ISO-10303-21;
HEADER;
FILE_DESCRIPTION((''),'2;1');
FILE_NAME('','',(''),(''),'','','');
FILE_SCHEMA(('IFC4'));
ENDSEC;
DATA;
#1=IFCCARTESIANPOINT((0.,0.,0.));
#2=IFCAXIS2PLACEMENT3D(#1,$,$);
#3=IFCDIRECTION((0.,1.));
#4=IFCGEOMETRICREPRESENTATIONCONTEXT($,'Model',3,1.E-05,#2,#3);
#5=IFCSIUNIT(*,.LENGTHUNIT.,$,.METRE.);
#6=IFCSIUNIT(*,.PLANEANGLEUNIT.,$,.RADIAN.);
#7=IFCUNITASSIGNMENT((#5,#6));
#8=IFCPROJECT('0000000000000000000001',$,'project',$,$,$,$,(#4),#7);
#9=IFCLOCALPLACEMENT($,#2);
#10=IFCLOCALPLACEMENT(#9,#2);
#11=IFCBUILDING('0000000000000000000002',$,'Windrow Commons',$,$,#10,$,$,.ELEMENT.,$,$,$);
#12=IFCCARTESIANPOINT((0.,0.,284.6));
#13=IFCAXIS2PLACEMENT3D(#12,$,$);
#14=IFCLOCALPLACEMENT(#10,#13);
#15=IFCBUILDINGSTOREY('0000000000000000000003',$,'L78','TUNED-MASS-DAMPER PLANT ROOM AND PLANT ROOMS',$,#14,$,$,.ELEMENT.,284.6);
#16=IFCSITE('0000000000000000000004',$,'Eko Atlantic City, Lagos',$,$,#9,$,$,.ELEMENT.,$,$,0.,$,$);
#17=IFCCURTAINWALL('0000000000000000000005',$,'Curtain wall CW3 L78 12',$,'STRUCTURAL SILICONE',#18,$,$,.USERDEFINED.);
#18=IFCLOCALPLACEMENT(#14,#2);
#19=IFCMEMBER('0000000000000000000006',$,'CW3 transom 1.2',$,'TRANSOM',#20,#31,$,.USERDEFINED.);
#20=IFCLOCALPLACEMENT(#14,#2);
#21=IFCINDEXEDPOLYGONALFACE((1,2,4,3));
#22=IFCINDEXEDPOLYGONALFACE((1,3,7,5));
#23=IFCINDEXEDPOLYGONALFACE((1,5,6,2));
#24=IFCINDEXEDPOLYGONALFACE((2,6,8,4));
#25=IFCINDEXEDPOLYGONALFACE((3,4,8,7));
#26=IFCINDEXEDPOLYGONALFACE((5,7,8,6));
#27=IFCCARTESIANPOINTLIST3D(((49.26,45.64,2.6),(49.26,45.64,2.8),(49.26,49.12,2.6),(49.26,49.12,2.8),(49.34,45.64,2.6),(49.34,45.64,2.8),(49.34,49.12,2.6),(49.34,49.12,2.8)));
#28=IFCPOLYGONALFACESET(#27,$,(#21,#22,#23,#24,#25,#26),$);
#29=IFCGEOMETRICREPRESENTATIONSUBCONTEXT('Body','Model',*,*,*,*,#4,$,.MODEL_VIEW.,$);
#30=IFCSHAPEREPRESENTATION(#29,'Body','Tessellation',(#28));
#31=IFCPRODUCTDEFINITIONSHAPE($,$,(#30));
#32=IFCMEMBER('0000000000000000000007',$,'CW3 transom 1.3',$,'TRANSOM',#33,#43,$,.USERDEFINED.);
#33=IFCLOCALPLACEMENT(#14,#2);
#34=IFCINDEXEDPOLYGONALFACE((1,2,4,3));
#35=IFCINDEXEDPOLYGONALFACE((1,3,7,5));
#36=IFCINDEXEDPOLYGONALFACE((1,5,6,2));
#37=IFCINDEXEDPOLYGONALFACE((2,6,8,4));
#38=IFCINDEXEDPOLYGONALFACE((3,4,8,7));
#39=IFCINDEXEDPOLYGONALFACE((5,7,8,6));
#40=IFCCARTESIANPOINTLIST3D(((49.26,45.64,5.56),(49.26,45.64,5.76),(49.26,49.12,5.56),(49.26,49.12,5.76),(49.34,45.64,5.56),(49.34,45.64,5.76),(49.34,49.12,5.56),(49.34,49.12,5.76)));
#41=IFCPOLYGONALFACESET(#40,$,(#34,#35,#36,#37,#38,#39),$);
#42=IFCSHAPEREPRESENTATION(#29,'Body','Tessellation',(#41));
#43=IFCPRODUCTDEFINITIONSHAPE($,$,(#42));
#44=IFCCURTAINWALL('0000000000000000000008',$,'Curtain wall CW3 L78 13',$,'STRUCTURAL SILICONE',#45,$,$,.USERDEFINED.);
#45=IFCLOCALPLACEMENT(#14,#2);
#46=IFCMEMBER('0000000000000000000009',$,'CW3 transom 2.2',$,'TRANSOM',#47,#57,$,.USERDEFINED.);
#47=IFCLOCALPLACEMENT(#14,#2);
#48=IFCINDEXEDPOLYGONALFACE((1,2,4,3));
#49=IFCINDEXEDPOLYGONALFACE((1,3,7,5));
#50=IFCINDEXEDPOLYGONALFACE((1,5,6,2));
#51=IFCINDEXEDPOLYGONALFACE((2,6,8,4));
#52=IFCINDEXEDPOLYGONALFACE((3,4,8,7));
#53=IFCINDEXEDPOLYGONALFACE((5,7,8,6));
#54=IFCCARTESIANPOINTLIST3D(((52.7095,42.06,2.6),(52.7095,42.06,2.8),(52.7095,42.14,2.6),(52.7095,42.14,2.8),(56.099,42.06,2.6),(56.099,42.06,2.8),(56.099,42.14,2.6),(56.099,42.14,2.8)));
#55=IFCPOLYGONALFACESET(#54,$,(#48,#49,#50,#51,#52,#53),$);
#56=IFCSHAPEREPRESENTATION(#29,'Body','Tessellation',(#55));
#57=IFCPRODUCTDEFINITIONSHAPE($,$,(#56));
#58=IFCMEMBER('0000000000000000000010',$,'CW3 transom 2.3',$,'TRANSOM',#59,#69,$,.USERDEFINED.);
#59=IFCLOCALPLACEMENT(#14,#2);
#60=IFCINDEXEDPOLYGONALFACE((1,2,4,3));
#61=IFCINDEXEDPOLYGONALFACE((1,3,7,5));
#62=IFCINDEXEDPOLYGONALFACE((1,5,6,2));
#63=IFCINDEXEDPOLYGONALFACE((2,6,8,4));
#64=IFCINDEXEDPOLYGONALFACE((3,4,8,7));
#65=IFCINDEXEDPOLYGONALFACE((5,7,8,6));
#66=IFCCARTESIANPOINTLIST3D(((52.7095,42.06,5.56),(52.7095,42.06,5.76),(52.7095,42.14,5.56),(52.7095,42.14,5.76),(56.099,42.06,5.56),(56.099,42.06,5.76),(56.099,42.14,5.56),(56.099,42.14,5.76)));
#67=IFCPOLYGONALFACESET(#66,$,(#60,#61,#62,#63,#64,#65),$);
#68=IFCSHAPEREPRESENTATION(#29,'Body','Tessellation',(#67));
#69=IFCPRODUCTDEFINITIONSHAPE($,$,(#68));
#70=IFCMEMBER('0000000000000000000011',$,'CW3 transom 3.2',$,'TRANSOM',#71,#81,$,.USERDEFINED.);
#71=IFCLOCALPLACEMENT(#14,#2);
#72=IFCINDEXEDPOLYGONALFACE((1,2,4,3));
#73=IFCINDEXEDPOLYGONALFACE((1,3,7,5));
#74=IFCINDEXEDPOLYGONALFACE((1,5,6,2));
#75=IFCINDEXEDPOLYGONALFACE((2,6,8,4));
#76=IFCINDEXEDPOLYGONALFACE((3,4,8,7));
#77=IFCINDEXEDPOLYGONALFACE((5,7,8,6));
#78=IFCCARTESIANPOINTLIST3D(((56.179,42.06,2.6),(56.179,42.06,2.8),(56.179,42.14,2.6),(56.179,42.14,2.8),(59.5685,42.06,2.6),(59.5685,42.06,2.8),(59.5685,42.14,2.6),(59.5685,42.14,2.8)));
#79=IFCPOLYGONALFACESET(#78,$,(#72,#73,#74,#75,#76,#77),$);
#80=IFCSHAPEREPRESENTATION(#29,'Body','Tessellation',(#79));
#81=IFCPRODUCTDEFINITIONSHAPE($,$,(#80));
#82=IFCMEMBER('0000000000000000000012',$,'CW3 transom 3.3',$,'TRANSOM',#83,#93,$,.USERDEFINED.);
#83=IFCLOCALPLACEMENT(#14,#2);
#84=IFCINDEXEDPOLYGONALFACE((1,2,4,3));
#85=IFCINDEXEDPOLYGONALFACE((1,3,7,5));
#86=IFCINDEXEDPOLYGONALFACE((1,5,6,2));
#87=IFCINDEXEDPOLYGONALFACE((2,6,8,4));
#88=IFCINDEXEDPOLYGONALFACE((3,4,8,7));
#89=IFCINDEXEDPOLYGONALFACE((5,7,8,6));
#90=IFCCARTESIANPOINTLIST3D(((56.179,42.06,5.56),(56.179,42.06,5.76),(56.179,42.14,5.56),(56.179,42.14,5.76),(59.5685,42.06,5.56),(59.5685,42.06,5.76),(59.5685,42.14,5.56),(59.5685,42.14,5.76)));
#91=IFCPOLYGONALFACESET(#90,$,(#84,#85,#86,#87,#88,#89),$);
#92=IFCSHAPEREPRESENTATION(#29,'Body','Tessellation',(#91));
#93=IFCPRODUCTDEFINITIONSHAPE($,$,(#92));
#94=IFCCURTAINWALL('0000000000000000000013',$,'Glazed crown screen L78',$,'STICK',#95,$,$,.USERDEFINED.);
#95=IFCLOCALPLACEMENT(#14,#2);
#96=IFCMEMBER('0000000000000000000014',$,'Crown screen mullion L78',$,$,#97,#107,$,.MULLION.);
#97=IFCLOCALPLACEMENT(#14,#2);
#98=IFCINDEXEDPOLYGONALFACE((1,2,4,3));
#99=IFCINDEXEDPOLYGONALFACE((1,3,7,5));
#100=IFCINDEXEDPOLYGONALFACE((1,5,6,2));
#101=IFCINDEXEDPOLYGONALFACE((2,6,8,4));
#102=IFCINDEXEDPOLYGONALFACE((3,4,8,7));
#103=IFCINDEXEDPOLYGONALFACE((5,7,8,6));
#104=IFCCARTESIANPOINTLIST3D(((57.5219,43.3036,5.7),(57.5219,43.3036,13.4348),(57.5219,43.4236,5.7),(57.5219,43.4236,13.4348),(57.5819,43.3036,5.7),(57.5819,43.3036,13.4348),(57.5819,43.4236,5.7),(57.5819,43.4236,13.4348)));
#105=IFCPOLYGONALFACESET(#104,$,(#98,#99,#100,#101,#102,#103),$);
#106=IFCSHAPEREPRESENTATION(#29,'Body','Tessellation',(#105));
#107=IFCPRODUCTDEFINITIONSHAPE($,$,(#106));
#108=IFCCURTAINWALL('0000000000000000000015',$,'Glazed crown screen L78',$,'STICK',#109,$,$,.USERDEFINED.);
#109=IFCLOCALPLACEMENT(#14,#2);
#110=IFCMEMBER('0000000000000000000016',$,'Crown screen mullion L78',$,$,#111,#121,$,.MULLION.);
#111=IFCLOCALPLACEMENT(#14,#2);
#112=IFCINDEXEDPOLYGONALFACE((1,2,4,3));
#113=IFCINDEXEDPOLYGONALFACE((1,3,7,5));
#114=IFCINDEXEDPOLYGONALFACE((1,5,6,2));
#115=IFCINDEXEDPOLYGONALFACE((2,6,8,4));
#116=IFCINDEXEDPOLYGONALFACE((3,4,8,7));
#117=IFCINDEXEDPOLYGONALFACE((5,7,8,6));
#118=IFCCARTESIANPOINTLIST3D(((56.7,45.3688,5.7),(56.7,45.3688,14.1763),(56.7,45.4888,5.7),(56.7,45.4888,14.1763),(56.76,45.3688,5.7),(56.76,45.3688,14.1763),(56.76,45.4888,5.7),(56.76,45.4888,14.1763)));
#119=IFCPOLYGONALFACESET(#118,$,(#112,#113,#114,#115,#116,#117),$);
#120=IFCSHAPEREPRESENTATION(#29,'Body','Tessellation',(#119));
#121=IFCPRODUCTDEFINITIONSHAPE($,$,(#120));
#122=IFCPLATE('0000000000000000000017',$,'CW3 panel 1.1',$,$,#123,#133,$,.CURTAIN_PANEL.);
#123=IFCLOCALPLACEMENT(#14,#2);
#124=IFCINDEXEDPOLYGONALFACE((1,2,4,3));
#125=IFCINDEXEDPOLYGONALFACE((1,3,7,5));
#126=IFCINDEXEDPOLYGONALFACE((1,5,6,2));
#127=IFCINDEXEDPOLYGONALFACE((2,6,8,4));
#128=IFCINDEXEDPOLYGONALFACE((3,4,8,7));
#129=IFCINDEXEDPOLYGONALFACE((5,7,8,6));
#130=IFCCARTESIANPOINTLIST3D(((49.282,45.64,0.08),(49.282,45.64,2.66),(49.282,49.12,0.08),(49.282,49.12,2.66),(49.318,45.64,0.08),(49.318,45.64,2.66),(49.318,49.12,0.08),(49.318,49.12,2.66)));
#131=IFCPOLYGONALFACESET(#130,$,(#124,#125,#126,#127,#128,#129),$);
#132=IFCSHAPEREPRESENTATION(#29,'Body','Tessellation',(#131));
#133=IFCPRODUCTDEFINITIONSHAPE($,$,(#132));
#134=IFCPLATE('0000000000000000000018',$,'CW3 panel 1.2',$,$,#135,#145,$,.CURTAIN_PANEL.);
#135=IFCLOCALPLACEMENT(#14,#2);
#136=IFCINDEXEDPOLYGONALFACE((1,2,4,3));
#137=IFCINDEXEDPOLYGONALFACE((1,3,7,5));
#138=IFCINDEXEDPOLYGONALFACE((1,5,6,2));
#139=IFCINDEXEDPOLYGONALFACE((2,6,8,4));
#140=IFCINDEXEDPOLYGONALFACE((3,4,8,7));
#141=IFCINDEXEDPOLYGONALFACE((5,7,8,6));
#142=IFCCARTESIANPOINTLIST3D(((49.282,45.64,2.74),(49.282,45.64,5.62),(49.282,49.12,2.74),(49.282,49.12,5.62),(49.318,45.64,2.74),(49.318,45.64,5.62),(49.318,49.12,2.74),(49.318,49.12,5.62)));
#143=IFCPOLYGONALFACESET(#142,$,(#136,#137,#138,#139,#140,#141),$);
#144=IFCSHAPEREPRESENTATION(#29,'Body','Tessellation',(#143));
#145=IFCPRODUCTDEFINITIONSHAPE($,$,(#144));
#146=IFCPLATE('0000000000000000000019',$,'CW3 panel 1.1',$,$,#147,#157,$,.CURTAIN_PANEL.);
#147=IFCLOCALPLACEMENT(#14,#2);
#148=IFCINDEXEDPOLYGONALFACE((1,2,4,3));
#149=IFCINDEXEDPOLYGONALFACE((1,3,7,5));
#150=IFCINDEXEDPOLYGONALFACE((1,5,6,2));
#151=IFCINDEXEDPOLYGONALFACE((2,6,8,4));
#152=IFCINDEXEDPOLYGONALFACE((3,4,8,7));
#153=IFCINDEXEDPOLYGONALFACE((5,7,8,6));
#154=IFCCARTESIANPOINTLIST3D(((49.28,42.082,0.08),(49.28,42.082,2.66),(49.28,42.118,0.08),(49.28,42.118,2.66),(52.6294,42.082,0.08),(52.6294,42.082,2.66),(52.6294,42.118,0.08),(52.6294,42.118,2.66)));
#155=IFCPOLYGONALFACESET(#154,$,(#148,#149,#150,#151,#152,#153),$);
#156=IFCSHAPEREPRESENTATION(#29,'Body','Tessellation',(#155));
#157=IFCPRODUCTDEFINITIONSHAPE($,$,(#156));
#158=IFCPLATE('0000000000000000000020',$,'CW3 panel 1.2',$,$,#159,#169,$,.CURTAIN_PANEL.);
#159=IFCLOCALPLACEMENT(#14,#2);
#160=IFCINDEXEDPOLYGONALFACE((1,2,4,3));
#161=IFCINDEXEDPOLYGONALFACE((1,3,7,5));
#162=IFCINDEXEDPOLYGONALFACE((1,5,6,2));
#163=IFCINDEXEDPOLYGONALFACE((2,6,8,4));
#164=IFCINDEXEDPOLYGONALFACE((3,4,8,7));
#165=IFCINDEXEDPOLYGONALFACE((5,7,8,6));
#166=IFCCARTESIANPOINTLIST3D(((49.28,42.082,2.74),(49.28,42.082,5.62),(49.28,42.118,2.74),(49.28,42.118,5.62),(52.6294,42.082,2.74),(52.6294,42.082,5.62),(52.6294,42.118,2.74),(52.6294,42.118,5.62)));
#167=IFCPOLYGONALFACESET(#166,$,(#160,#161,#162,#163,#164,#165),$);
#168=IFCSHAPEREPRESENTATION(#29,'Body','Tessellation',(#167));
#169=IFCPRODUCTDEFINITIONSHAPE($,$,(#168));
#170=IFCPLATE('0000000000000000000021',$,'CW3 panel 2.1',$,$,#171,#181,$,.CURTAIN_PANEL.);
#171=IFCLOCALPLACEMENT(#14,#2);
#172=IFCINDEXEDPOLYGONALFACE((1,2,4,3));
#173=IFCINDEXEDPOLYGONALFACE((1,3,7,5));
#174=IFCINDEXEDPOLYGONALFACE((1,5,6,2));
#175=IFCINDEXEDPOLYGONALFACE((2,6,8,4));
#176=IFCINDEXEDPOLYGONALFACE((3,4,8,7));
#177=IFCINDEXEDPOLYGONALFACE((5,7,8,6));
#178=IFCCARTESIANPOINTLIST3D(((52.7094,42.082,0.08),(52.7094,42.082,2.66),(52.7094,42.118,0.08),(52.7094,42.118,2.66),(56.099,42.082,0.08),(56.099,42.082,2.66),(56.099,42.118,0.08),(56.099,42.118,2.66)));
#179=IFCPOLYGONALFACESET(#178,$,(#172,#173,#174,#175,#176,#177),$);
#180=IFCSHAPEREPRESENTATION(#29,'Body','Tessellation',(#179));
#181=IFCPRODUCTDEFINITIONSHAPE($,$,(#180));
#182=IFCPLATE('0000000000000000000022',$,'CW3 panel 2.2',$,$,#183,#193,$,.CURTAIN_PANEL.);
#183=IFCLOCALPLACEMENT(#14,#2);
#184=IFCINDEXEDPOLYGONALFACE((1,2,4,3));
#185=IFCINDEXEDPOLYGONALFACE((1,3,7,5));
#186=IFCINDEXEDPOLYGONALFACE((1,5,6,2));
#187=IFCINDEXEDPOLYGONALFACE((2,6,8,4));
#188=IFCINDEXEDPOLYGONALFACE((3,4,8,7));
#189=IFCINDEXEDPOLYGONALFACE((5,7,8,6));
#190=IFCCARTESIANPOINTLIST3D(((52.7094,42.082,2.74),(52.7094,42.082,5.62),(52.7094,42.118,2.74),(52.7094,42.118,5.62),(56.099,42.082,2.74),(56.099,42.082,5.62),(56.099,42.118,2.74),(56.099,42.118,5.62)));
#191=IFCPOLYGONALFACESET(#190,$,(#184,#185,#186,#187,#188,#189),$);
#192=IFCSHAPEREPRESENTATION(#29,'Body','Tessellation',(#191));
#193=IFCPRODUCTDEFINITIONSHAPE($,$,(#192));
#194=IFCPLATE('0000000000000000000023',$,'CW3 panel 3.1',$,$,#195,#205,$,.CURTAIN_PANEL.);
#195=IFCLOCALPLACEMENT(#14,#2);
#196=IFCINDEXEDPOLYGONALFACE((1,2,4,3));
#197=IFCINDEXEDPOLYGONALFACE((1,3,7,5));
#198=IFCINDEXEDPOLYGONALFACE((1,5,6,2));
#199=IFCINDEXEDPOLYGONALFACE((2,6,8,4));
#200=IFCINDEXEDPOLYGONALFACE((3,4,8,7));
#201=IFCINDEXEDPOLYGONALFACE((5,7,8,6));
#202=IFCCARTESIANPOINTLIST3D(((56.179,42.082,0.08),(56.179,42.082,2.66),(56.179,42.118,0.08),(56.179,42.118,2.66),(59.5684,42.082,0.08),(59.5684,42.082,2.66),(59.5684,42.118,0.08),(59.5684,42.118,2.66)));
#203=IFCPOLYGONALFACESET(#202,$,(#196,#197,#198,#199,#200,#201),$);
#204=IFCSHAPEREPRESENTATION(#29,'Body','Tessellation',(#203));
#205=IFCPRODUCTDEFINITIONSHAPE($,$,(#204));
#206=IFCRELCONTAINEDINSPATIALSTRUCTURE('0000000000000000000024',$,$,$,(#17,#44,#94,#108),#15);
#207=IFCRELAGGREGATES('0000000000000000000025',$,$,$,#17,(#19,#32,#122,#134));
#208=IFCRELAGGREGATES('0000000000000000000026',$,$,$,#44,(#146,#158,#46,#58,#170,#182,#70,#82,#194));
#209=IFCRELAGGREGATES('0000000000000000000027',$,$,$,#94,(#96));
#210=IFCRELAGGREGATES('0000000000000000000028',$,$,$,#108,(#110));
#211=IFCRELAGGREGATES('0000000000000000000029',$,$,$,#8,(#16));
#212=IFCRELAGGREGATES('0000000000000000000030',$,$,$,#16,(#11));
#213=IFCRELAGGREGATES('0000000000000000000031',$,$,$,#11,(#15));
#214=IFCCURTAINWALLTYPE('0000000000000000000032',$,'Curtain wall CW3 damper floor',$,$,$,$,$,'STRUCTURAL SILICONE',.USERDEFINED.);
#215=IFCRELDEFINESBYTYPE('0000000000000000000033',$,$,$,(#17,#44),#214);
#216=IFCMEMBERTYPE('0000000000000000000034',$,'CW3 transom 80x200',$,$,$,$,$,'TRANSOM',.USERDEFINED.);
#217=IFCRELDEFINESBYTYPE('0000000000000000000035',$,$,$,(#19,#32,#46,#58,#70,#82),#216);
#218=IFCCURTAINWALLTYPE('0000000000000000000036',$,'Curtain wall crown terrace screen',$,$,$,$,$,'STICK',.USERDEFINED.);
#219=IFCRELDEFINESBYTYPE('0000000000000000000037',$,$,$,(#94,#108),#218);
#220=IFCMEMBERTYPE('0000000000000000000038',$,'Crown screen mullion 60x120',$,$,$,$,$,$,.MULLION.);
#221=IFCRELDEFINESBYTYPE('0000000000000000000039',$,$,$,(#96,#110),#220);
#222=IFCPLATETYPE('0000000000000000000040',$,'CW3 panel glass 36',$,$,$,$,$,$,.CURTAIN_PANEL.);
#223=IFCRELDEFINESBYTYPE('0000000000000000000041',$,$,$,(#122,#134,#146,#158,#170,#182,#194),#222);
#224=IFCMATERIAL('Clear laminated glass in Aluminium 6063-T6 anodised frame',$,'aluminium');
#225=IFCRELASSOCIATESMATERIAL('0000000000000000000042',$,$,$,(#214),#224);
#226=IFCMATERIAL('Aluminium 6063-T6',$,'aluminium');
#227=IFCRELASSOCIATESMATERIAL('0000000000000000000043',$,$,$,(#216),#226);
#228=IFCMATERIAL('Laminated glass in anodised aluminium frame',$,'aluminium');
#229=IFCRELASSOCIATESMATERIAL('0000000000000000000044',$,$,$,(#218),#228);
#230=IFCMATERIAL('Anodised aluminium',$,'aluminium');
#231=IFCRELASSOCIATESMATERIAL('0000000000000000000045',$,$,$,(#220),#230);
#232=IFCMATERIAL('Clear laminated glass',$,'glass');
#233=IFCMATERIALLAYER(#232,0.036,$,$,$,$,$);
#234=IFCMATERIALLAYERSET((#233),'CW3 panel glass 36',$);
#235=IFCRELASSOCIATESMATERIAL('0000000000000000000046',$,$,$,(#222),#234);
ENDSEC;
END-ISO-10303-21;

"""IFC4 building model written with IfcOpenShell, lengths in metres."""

from ifc_helpers import new_model, si_unit, direction, frame, origin, origin_2d, place, context, subcontext, project, spatial, rectangle, extrude, material, layer, layer_set, material_profile, profile_set, type_object, element, aggregate, save


model = new_model("IFC4")

# Units and contexts
model_context = context("Model", 3, precision=1e-05, world=origin(), true_north=direction((0.0, 1.0)))
body_context = subcontext(model_context, "Body", "Model", "MODEL_VIEW")
ifc_project = project(units=[si_unit("LENGTHUNIT", "METRE"), si_unit("PLANEANGLEUNIT", "RADIAN")], contexts=[model_context])

# Site, building, storey
site_placement = place(None, origin())
site = spatial("IfcSite", under=ifc_project, at=site_placement, Name="Eko Atlantic City, Lagos", CompositionType="ELEMENT", RefElevation=0.0)
building_placement = place(site_placement, origin())
building = spatial("IfcBuilding", under=site, at=building_placement, Name="Windrow Commons", CompositionType="ELEMENT")
storey_placement = place(building_placement, frame((0.0, 0.0, 284.6)))
storey = spatial("IfcBuildingStorey", under=building, at=storey_placement, Name="L78", Description="TUNED-MASS-DAMPER PLANT ROOM AND PLANT ROOMS", CompositionType="ELEMENT", Elevation=284.6)

# Curtain walls, members
ifc_material_1 = material(Name="Clear laminated glass in Aluminium 6063-T6 anodised frame", Category="aluminium")
curtain_wall_type_1 = type_object("IfcCurtainWallType", Name="Curtain wall CW3 damper floor", ElementType="STRUCTURAL SILICONE", PredefinedType="USERDEFINED", material=ifc_material_1)
placement = place(storey_placement, origin())
curtain_wall_1 = element("IfcCurtainWall", 1, at=placement, inside=storey, type_object=curtain_wall_type_1, Name="Curtain wall CW3 L78 12", ObjectType="STRUCTURAL SILICONE", PredefinedType="USERDEFINED")
ifc_material_2 = material(Name="Aluminium 6063-T6", Category="aluminium")
ifc_material_profile_1 = material_profile(ifc_material_2, rectangle(XDim=0.08, YDim=0.2, at=origin_2d()))
ifc_profile_set_1 = profile_set([ifc_material_profile_1], Name="Aluminium 6063-T6")
member_type_1 = type_object("IfcMemberType", Name="CW3 transom 80x200", ElementType="TRANSOM", PredefinedType="USERDEFINED", material=ifc_profile_set_1)
member_1_placement = place(storey_placement, frame((49.3, 49.12, 2.7), z_axis=(0.0, -1.0, 0.0), x_axis=(1.0, 0.0, 0.0)))
member_1 = element("IfcMember", 2, at=member_1_placement, type_object=member_type_1, Name="CW3 transom 1.2", ObjectType="TRANSOM", PredefinedType="USERDEFINED", context=body_context, shape_type="SweptSolid", body=[
    extrude(rectangle(XDim=0.08, YDim=0.2, at=origin_2d()), origin(), (0.0, 0.0, 1.0), 3.48),
])
member_2_placement = place(storey_placement, frame((49.3, 49.12, 5.66), z_axis=(0.0, -1.0, 0.0), x_axis=(1.0, 0.0, 0.0)))
member_2 = element("IfcMember", 3, at=member_2_placement, type_object=member_type_1, Name="CW3 transom 1.3", ObjectType="TRANSOM", PredefinedType="USERDEFINED", context=body_context, shape_type="SweptSolid", body=[
    extrude(rectangle(XDim=0.08, YDim=0.2, at=origin_2d()), origin(), (0.0, 0.0, 1.0), 3.48),
])
curtain_wall_2 = element("IfcCurtainWall", 4, at=placement, inside=storey, type_object=curtain_wall_type_1, Name="Curtain wall CW3 L78 13", ObjectType="STRUCTURAL SILICONE", PredefinedType="USERDEFINED")
member_3_placement = place(storey_placement, frame((52.7095, 42.1, 2.7), z_axis=(1.0, 0.0, 0.0), x_axis=(0.0, 1.0, 0.0)))
member_3 = element("IfcMember", 5, at=member_3_placement, type_object=member_type_1, Name="CW3 transom 2.2", ObjectType="TRANSOM", PredefinedType="USERDEFINED", context=body_context, shape_type="SweptSolid", body=[
    extrude(rectangle(XDim=0.08, YDim=0.2, at=origin_2d()), origin(), (0.0, 0.0, 1.0), 3.3895),
])
member_4_placement = place(storey_placement, frame((52.7095, 42.1, 5.66), z_axis=(1.0, 0.0, 0.0), x_axis=(0.0, 1.0, 0.0)))
member_4 = element("IfcMember", 6, at=member_4_placement, type_object=member_type_1, Name="CW3 transom 2.3", ObjectType="TRANSOM", PredefinedType="USERDEFINED", context=body_context, shape_type="SweptSolid", body=[
    extrude(rectangle(XDim=0.08, YDim=0.2, at=origin_2d()), origin(), (0.0, 0.0, 1.0), 3.3895),
])
member_5_placement = place(storey_placement, frame((56.179, 42.1, 2.7), z_axis=(1.0, 0.0, 0.0), x_axis=(0.0, 1.0, 0.0)))
member_5 = element("IfcMember", 7, at=member_5_placement, type_object=member_type_1, Name="CW3 transom 3.2", ObjectType="TRANSOM", PredefinedType="USERDEFINED", context=body_context, shape_type="SweptSolid", body=[
    extrude(rectangle(XDim=0.08, YDim=0.2, at=origin_2d()), origin(), (0.0, 0.0, 1.0), 3.3895),
])
member_6_placement = place(storey_placement, frame((56.179, 42.1, 5.66), z_axis=(1.0, 0.0, 0.0), x_axis=(0.0, 1.0, 0.0)))
member_6 = element("IfcMember", 8, at=member_6_placement, type_object=member_type_1, Name="CW3 transom 3.3", ObjectType="TRANSOM", PredefinedType="USERDEFINED", context=body_context, shape_type="SweptSolid", body=[
    extrude(rectangle(XDim=0.08, YDim=0.2, at=origin_2d()), origin(), (0.0, 0.0, 1.0), 3.3895),
])

# Curtain walls, members
ifc_material_3 = material(Name="Laminated glass in anodised aluminium frame", Category="aluminium")
curtain_wall_type_2 = type_object("IfcCurtainWallType", Name="Curtain wall crown terrace screen", ElementType="STICK", PredefinedType="USERDEFINED", material=ifc_material_3)
curtain_wall_3 = element("IfcCurtainWall", 9, at=placement, inside=storey, type_object=curtain_wall_type_2, Name="Glazed crown screen L78", ObjectType="STICK", PredefinedType="USERDEFINED")
ifc_material_4 = material(Name="Anodised aluminium", Category="aluminium")
ifc_material_profile_2 = material_profile(ifc_material_4, rectangle(XDim=0.06, YDim=0.12, at=origin_2d()))
ifc_profile_set_2 = profile_set([ifc_material_profile_2], Name="Anodised aluminium")
member_type_2 = type_object("IfcMemberType", Name="Crown screen mullion 60x120", PredefinedType="MULLION", material=ifc_profile_set_2)
member_7_placement = place(storey_placement, frame((57.5519, 43.3636, 5.7), z_axis=(0.0, 0.0, 1.0), x_axis=(1.0, 0.0, 0.0)))
member_7 = element("IfcMember", 10, at=member_7_placement, type_object=member_type_2, Name="Crown screen mullion L78", PredefinedType="MULLION", context=body_context, shape_type="SweptSolid", body=[
    extrude(rectangle(XDim=0.06, YDim=0.12, at=origin_2d()), origin(), (0.0, 0.0, 1.0), 7.7348),
])
curtain_wall_4 = element("IfcCurtainWall", 11, at=placement, inside=storey, type_object=curtain_wall_type_2, Name="Glazed crown screen L78", ObjectType="STICK", PredefinedType="USERDEFINED")
member_8_placement = place(storey_placement, frame((56.73, 45.4288, 5.7), z_axis=(0.0, 0.0, 1.0), x_axis=(1.0, 0.0, 0.0)))
member_8 = element("IfcMember", 12, at=member_8_placement, type_object=member_type_2, Name="Crown screen mullion L78", PredefinedType="MULLION", context=body_context, shape_type="SweptSolid", body=[
    extrude(rectangle(XDim=0.06, YDim=0.12, at=origin_2d()), origin(), (0.0, 0.0, 1.0), 8.4763),
])

# Plates
ifc_material_5 = material(Name="Clear laminated glass", Category="glass")
ifc_layer_1 = layer(ifc_material_5, 0.036)
ifc_layer_set_1 = layer_set([ifc_layer_1], Name="CW3 panel glass 36")
plate_type_1 = type_object("IfcPlateType", Name="CW3 panel glass 36", PredefinedType="CURTAIN_PANEL", material=ifc_layer_set_1)
plate_1_placement = place(storey_placement, frame((49.3, 47.38, 0.08), z_axis=(0.0, 0.0, 1.0), x_axis=(0.0, -1.0, 0.0)))
plate_1 = element("IfcPlate", 13, at=plate_1_placement, type_object=plate_type_1, Name="CW3 panel 1.1", PredefinedType="CURTAIN_PANEL", context=body_context, shape_type="SweptSolid", body=[
    extrude(rectangle(XDim=3.48, YDim=0.036, at=origin_2d()), origin(), (0.0, 0.0, 1.0), 2.58),
])
plate_2_placement = place(storey_placement, frame((49.3, 47.38, 2.74), z_axis=(0.0, 0.0, 1.0), x_axis=(0.0, -1.0, 0.0)))
plate_2 = element("IfcPlate", 14, at=plate_2_placement, type_object=plate_type_1, Name="CW3 panel 1.2", PredefinedType="CURTAIN_PANEL", context=body_context, shape_type="SweptSolid", body=[
    extrude(rectangle(XDim=3.48, YDim=0.036, at=origin_2d()), origin(), (0.0, 0.0, 1.0), 2.88),
])
aggregate(curtain_wall_1, [member_1, member_2, plate_1, plate_2])
plate_3_placement = place(storey_placement, frame((50.9547, 42.1, 0.08), z_axis=(0.0, 0.0, 1.0), x_axis=(1.0, 0.0, 0.0)))
plate_3 = element("IfcPlate", 15, at=plate_3_placement, type_object=plate_type_1, Name="CW3 panel 1.1", PredefinedType="CURTAIN_PANEL", context=body_context, shape_type="SweptSolid", body=[
    extrude(rectangle(XDim=3.3495, YDim=0.036, at=origin_2d()), origin(), (0.0, 0.0, 1.0), 2.58),
])
plate_4_placement = place(storey_placement, frame((50.9547, 42.1, 2.74), z_axis=(0.0, 0.0, 1.0), x_axis=(1.0, 0.0, 0.0)))
plate_4 = element("IfcPlate", 16, at=plate_4_placement, type_object=plate_type_1, Name="CW3 panel 1.2", PredefinedType="CURTAIN_PANEL", context=body_context, shape_type="SweptSolid", body=[
    extrude(rectangle(XDim=3.3495, YDim=0.036, at=origin_2d()), origin(), (0.0, 0.0, 1.0), 2.88),
])
plate_5_placement = place(storey_placement, frame((54.4042, 42.1, 0.08), z_axis=(0.0, 0.0, 1.0), x_axis=(1.0, 0.0, 0.0)))
plate_5 = element("IfcPlate", 17, at=plate_5_placement, type_object=plate_type_1, Name="CW3 panel 2.1", PredefinedType="CURTAIN_PANEL", context=body_context, shape_type="SweptSolid", body=[
    extrude(rectangle(XDim=3.3895, YDim=0.036, at=origin_2d()), origin(), (0.0, 0.0, 1.0), 2.58),
])
plate_6_placement = place(storey_placement, frame((54.4042, 42.1, 2.74), z_axis=(0.0, 0.0, 1.0), x_axis=(1.0, 0.0, 0.0)))
plate_6 = element("IfcPlate", 18, at=plate_6_placement, type_object=plate_type_1, Name="CW3 panel 2.2", PredefinedType="CURTAIN_PANEL", context=body_context, shape_type="SweptSolid", body=[
    extrude(rectangle(XDim=3.3895, YDim=0.036, at=origin_2d()), origin(), (0.0, 0.0, 1.0), 2.88),
])
plate_7_placement = place(storey_placement, frame((57.8737, 42.1, 0.08), z_axis=(0.0, 0.0, 1.0), x_axis=(1.0, 0.0, 0.0)))
plate_7 = element("IfcPlate", 19, at=plate_7_placement, type_object=plate_type_1, Name="CW3 panel 3.1", PredefinedType="CURTAIN_PANEL", context=body_context, shape_type="SweptSolid", body=[
    extrude(rectangle(XDim=3.3895, YDim=0.036, at=origin_2d()), origin(), (0.0, 0.0, 1.0), 2.58),
])
aggregate(curtain_wall_2, [plate_3, plate_4, member_3, member_4, plate_5, plate_6, member_5, member_6, plate_7])

aggregate(curtain_wall_3, [member_7])
aggregate(curtain_wall_4, [member_8])

save(model, "model.ifc")
